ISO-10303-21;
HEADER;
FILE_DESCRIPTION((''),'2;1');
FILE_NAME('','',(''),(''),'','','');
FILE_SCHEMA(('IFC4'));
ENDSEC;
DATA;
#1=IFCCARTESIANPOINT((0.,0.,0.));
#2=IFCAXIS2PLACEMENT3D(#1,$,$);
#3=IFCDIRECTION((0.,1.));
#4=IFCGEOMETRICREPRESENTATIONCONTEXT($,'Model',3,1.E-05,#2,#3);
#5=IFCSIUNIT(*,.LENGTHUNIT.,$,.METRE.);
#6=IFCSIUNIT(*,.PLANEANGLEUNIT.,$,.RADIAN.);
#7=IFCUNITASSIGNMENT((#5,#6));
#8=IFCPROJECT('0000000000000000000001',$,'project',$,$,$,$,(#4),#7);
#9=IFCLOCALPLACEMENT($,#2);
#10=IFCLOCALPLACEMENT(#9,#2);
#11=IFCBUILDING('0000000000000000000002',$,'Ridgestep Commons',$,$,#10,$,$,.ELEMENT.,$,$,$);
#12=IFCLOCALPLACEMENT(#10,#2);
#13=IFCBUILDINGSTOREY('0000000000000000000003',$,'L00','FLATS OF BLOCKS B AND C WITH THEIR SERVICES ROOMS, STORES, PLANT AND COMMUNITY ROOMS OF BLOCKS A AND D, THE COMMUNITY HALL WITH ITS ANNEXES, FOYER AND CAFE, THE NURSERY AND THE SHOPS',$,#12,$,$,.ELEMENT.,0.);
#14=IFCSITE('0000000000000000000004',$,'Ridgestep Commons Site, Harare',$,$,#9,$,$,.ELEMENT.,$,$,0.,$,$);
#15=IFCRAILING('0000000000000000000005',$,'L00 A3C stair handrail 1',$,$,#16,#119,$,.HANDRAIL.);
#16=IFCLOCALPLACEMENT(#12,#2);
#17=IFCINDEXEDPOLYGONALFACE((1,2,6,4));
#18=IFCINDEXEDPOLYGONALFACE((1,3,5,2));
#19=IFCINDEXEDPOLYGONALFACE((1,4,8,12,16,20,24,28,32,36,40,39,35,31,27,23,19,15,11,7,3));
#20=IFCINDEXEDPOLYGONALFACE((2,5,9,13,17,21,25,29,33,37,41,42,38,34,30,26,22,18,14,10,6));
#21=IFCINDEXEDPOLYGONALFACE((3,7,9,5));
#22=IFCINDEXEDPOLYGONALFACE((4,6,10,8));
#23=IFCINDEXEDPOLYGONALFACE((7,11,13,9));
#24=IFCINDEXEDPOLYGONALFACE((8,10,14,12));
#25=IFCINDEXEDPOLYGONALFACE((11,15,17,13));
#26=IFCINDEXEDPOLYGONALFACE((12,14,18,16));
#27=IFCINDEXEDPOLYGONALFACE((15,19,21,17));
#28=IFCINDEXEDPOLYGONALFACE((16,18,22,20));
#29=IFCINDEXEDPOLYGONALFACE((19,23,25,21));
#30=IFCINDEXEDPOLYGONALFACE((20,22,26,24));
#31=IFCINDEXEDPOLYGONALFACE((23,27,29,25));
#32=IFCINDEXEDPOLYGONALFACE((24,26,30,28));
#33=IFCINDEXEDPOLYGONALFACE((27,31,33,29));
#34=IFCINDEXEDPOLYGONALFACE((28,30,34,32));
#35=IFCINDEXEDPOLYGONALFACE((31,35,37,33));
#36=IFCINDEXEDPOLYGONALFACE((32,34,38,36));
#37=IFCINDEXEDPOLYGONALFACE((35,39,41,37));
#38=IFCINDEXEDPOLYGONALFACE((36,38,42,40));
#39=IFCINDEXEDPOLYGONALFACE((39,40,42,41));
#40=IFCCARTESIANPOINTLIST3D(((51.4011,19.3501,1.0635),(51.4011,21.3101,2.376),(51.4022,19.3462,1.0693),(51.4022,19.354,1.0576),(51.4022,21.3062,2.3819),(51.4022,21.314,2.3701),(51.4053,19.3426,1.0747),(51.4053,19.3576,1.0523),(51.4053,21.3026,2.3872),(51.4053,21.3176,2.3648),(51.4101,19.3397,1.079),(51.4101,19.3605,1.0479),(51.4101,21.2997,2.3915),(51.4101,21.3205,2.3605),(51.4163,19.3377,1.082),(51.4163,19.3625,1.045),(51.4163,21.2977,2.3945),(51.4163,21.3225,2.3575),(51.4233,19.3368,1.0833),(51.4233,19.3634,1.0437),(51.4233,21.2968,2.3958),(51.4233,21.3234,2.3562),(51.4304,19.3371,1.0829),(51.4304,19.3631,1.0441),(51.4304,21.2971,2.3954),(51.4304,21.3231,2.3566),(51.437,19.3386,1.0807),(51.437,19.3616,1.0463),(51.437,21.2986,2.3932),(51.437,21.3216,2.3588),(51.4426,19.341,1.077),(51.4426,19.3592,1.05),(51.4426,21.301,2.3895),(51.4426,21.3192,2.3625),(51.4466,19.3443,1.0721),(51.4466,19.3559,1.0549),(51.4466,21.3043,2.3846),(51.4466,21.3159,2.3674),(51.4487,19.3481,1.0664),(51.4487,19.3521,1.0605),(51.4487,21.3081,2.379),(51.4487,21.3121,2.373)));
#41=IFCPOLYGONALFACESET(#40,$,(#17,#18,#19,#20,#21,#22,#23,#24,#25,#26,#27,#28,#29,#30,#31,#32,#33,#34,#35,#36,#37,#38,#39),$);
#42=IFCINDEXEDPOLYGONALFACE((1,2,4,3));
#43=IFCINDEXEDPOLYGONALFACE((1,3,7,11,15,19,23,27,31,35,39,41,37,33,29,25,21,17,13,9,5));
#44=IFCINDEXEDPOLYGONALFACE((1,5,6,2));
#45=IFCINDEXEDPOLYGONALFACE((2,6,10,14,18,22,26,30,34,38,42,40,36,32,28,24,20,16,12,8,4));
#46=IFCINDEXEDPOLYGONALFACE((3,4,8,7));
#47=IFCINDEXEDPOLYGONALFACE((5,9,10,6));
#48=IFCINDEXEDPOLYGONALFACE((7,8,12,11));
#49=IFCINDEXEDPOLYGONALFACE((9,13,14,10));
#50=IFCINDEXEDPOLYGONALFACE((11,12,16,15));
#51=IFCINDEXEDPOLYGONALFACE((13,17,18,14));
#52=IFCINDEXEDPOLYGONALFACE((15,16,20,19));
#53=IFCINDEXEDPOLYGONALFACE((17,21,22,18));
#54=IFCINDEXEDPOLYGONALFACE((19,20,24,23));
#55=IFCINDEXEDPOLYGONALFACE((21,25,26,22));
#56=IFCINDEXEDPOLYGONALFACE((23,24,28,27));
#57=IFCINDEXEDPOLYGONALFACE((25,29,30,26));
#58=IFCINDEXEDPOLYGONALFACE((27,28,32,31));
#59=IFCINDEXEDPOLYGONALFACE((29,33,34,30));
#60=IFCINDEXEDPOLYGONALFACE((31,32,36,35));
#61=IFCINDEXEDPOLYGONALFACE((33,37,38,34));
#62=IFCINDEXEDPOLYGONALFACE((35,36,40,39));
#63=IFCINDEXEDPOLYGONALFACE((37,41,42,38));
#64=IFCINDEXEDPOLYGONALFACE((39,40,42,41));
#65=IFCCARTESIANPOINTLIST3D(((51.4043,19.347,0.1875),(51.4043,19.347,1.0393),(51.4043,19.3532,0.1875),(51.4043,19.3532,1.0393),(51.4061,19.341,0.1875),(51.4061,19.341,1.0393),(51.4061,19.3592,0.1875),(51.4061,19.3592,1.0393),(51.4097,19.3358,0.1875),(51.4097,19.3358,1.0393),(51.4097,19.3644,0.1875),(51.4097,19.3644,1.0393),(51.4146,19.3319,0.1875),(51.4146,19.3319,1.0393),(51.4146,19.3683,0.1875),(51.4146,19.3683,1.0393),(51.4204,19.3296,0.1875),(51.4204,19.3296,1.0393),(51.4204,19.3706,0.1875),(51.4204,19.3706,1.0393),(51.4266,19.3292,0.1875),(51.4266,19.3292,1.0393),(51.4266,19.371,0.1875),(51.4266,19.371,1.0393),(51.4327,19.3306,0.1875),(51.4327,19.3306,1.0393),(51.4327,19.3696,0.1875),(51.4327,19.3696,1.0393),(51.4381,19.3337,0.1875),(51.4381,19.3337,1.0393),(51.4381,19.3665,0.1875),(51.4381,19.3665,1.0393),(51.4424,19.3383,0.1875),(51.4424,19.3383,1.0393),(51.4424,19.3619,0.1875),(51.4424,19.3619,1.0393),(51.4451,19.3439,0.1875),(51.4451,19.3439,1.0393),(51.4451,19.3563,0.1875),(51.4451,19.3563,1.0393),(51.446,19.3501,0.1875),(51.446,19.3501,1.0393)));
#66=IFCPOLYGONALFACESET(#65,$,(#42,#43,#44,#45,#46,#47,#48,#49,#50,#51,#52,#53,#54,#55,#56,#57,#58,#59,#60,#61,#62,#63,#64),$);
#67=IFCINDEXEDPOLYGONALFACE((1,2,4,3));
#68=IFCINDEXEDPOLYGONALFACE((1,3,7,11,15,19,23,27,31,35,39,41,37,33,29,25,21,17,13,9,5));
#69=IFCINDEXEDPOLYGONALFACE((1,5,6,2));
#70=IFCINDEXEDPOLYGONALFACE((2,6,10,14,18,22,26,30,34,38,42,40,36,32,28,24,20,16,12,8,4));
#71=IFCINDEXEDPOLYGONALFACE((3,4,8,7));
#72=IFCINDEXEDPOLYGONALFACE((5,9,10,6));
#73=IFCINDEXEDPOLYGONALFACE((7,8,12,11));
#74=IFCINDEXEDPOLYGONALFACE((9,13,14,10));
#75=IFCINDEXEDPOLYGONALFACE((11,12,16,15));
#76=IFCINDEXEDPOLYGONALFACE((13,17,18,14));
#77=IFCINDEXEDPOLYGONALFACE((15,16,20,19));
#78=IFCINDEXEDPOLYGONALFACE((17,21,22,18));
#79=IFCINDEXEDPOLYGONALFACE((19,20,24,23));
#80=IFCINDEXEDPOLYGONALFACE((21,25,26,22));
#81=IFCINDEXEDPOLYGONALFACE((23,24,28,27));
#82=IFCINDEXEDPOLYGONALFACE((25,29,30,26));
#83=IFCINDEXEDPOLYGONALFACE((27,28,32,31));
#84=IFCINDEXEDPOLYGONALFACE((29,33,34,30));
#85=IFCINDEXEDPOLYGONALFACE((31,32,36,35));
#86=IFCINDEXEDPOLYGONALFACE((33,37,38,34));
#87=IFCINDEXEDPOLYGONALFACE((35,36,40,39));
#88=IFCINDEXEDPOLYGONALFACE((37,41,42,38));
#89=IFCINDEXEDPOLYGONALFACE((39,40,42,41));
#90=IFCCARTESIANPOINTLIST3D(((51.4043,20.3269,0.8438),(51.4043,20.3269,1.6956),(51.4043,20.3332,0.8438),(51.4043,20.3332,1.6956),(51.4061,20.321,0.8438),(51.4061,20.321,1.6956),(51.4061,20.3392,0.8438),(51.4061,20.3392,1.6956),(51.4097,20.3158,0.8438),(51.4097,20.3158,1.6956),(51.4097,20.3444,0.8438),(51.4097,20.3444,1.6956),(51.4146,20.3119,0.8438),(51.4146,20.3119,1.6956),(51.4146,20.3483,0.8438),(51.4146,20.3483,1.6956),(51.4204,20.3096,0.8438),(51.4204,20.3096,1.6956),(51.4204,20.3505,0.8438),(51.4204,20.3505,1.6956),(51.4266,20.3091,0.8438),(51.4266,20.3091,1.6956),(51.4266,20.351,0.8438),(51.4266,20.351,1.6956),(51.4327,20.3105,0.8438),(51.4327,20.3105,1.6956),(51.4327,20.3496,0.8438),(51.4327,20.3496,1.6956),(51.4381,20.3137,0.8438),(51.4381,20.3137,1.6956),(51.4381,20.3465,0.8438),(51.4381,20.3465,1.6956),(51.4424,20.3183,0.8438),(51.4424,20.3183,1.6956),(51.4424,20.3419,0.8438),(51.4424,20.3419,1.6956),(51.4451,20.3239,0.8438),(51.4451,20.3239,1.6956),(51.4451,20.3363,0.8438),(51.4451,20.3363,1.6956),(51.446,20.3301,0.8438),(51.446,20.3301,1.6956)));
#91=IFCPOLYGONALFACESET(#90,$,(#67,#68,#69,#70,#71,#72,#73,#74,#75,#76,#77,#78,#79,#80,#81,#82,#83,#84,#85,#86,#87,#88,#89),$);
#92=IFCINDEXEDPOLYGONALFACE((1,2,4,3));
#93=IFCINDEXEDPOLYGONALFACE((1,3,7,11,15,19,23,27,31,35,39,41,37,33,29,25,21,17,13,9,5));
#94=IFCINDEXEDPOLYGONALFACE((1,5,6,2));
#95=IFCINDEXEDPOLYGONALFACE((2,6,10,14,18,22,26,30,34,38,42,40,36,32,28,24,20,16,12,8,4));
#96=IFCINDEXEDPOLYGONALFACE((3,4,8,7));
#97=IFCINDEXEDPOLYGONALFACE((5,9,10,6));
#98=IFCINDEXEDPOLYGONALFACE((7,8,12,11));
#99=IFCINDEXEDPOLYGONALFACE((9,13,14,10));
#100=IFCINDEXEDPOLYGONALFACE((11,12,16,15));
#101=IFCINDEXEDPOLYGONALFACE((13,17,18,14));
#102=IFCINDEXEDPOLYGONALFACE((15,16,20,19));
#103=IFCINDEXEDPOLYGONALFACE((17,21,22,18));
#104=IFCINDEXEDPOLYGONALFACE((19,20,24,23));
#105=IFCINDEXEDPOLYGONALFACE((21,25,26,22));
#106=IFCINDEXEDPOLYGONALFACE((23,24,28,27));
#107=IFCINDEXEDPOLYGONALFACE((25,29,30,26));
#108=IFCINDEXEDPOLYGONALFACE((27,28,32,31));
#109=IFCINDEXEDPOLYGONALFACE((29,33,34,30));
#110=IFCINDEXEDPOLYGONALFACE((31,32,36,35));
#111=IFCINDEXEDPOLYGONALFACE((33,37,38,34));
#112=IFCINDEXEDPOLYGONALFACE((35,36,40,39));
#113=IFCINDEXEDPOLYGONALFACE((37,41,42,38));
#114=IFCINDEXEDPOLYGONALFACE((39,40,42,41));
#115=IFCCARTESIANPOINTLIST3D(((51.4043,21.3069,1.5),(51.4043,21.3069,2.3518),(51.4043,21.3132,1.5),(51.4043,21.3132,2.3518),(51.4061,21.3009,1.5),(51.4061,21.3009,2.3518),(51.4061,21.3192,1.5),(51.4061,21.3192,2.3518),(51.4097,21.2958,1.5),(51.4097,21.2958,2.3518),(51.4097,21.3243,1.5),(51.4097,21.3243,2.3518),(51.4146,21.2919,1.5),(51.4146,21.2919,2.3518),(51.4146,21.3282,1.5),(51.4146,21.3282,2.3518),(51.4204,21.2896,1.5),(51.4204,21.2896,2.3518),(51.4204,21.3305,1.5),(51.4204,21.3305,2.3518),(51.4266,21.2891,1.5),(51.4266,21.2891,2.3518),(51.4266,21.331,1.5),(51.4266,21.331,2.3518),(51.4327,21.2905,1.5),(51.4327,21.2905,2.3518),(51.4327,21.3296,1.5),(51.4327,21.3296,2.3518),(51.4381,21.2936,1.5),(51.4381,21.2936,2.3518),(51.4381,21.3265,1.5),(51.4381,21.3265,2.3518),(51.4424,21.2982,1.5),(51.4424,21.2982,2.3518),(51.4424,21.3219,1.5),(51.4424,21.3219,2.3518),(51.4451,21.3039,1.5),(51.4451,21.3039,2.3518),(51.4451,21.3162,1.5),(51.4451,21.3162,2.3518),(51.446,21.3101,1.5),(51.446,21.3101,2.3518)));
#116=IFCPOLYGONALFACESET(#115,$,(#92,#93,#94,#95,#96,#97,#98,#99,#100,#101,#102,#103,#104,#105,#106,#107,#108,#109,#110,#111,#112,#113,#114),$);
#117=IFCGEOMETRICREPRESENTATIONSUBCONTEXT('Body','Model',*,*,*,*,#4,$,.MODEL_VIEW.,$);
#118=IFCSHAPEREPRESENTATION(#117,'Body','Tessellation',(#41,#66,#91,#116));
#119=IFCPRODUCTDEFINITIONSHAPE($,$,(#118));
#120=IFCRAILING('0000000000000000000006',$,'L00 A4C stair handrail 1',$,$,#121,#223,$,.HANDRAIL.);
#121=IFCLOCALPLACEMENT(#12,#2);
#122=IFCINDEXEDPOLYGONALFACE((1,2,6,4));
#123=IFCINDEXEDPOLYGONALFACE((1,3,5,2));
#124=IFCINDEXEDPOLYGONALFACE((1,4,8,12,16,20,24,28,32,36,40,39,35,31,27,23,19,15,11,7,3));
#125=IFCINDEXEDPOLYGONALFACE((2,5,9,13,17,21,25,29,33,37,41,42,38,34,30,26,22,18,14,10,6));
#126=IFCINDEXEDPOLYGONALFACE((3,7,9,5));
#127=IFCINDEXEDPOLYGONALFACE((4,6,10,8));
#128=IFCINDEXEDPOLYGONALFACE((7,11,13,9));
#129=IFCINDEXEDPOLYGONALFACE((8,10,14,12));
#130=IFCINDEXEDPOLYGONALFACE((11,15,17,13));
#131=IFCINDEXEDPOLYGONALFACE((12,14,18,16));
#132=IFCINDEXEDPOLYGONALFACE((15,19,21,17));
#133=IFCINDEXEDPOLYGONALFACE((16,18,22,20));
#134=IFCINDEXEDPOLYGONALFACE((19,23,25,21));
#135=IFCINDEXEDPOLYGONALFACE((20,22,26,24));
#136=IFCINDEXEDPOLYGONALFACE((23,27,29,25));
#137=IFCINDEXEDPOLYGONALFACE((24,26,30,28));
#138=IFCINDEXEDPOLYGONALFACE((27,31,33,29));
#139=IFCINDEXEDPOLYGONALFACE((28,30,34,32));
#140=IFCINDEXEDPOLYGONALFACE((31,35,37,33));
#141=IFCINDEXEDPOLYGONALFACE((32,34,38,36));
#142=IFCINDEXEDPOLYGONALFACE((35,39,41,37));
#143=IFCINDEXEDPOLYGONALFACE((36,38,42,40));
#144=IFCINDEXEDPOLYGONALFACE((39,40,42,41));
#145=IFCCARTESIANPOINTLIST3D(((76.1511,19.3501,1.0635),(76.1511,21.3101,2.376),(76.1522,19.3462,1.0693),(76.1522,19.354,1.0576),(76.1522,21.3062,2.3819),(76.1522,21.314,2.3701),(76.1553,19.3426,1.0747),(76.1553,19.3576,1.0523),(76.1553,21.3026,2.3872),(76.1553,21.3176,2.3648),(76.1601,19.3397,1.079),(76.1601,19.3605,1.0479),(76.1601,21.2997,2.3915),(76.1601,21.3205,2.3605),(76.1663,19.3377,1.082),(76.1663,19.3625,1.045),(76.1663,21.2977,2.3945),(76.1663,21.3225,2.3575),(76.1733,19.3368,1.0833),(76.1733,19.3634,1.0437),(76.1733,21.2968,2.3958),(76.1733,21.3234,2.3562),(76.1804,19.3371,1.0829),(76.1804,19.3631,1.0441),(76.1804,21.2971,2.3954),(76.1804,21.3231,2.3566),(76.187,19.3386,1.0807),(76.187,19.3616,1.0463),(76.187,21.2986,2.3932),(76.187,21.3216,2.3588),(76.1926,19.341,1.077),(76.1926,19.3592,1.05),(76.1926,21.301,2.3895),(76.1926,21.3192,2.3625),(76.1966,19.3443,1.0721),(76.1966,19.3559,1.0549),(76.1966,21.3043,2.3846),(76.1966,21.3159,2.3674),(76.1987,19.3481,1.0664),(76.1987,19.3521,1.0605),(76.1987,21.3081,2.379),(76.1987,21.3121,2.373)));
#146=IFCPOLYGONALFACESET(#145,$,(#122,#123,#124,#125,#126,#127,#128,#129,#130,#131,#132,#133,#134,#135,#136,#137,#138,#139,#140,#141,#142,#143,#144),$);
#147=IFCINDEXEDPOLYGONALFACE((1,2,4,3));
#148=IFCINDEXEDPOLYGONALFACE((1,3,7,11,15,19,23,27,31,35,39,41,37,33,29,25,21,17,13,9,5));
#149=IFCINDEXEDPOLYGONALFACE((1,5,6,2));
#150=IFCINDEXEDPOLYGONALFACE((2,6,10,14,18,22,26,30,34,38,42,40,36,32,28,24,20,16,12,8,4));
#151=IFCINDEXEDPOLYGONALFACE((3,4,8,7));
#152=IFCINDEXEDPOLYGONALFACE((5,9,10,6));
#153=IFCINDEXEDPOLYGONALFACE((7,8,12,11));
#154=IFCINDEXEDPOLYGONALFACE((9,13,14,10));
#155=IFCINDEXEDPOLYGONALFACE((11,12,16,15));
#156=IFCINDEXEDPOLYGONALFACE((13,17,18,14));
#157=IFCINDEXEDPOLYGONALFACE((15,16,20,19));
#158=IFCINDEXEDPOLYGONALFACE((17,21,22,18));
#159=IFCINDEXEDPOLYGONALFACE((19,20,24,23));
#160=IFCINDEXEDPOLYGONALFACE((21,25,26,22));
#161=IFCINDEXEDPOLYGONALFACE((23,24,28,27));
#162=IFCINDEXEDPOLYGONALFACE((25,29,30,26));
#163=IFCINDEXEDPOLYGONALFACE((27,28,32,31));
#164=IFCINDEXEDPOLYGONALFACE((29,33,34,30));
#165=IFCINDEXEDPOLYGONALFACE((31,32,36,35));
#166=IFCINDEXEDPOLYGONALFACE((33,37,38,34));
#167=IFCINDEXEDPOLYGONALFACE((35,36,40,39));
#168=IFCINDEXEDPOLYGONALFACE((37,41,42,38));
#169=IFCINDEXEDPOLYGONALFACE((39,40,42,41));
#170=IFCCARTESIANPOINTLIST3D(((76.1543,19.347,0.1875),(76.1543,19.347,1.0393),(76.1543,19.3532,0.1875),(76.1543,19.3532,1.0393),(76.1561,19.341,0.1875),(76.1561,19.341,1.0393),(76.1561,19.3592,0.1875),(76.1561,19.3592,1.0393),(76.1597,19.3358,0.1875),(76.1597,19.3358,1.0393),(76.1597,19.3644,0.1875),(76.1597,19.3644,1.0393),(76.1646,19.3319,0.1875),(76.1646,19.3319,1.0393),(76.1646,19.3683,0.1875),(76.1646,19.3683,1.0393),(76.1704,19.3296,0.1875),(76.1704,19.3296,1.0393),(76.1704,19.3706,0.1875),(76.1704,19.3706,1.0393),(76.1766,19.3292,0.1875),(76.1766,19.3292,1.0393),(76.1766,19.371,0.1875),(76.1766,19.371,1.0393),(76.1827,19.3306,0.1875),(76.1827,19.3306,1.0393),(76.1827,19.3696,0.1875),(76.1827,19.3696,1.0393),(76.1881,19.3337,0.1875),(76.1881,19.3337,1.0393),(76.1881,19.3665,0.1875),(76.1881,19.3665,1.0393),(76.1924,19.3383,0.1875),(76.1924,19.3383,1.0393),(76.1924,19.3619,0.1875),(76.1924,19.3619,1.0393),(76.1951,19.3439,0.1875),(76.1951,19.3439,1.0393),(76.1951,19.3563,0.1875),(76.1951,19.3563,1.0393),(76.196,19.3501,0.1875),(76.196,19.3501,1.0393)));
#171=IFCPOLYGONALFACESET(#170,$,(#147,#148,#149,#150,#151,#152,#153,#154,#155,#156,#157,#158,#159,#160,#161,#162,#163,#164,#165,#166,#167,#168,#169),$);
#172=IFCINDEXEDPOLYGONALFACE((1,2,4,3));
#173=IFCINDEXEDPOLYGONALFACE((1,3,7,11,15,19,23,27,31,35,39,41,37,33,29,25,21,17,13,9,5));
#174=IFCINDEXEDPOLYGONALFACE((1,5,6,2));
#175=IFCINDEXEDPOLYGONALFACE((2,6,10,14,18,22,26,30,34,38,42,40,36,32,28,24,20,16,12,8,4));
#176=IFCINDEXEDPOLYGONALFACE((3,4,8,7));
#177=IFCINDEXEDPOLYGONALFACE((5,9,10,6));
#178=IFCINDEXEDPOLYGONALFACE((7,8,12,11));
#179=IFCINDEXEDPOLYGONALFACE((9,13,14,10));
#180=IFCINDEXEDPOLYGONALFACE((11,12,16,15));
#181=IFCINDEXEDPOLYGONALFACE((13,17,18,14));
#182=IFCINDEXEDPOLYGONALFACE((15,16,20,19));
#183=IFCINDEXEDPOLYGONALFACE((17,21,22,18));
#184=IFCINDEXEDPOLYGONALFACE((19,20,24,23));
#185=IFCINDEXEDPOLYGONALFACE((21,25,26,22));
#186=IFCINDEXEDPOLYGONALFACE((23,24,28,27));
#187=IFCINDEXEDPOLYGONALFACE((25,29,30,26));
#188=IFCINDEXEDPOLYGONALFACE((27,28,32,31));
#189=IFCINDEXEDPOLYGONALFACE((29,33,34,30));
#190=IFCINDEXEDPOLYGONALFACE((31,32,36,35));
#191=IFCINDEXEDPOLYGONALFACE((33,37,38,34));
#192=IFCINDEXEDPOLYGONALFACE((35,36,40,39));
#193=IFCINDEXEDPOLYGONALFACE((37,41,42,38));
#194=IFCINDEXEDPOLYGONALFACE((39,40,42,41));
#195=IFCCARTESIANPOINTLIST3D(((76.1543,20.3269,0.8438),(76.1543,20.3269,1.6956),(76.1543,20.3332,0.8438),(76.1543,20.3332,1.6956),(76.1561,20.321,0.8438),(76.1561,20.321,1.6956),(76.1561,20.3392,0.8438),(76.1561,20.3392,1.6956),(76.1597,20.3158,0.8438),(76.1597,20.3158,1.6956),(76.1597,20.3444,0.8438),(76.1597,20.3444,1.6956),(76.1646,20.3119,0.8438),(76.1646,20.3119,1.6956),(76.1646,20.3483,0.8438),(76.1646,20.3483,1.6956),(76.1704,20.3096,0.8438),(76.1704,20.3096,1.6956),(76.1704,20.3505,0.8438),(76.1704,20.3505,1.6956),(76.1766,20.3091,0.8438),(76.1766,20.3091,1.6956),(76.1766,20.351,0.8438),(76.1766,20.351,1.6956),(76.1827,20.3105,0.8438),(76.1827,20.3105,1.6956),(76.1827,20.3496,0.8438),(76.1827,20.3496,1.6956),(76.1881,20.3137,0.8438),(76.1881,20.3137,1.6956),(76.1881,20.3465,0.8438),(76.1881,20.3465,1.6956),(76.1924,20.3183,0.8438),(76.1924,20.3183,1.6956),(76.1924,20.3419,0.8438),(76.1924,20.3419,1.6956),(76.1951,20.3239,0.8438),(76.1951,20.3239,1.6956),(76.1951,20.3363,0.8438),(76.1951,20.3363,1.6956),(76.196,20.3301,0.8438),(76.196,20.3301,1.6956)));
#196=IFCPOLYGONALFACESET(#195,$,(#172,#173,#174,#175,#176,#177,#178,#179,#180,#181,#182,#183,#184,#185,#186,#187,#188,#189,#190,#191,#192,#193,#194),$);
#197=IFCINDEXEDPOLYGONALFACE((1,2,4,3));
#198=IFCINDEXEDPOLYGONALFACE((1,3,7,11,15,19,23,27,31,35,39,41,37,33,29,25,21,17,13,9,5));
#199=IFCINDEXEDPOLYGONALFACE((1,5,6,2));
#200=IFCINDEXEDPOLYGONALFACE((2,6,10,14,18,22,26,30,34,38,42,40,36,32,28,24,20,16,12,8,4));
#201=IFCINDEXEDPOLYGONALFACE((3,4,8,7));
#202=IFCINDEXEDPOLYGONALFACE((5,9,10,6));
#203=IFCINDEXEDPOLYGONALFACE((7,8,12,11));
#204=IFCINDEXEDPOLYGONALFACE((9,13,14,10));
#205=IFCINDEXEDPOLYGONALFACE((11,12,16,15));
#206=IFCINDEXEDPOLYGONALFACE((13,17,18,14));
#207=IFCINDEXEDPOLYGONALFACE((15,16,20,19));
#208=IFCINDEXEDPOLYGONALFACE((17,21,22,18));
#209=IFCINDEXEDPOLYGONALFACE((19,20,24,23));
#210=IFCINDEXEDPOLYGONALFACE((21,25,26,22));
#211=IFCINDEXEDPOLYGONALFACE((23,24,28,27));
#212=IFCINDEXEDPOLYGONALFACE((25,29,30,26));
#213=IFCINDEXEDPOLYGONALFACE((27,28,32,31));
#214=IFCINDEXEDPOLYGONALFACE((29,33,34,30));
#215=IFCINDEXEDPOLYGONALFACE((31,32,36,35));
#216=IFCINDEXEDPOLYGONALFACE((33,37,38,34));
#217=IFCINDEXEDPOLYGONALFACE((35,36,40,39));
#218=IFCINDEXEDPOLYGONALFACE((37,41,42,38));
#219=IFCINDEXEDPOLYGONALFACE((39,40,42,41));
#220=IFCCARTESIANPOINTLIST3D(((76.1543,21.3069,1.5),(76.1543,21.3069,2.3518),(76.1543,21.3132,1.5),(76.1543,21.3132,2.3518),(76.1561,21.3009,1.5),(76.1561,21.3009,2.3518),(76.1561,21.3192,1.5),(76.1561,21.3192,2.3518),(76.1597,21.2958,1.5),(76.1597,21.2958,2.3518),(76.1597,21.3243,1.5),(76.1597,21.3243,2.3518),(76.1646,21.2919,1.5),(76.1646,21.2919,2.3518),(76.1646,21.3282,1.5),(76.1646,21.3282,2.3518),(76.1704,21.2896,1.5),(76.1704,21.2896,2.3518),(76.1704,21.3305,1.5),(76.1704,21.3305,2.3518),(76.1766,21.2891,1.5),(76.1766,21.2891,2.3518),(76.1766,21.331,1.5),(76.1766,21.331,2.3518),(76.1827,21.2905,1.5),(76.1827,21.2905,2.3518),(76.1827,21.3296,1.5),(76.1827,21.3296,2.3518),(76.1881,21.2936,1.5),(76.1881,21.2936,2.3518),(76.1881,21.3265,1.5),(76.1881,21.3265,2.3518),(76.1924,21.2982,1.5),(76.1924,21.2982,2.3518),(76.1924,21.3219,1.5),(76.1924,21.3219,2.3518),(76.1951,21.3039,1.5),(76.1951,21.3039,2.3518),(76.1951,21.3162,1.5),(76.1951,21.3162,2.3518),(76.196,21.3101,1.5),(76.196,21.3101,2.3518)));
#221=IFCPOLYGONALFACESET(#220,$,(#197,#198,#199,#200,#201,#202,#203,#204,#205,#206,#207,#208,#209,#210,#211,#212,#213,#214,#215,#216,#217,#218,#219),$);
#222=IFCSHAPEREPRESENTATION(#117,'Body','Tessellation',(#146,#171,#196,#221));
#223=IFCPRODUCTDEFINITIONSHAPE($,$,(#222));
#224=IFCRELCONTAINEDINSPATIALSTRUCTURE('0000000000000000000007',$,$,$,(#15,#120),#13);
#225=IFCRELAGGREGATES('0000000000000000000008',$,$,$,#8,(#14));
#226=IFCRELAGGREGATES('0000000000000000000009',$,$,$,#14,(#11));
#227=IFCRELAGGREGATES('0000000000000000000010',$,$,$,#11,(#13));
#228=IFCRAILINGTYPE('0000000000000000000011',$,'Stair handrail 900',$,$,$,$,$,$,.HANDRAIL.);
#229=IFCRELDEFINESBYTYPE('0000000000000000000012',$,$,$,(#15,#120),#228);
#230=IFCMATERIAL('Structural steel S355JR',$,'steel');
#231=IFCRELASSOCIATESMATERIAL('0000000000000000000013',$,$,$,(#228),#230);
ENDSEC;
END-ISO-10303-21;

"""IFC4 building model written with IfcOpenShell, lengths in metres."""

from ifc_helpers import new_model, si_unit, direction, frame, origin, origin_2d, place, context, subcontext, project, spatial, circle, extrude, material, type_object, element, save


model = new_model("IFC4")

# Units and contexts
model_context = context("Model", 3, precision=1e-05, world=origin(), true_north=direction((0.0, 1.0)))
body_context = subcontext(model_context, "Body", "Model", "MODEL_VIEW")
ifc_project = project(units=[si_unit("LENGTHUNIT", "METRE"), si_unit("PLANEANGLEUNIT", "RADIAN")], contexts=[model_context])

# Site, building, storey
site_placement = place(None, origin())
site = spatial("IfcSite", under=ifc_project, at=site_placement, Name="Ridgestep Commons Site, Harare", CompositionType="ELEMENT", RefElevation=0.0)
building_placement = place(site_placement, origin())
building = spatial("IfcBuilding", under=site, at=building_placement, Name="Ridgestep Commons", CompositionType="ELEMENT")
storey_placement = place(building_placement, origin())
storey = spatial("IfcBuildingStorey", under=building, at=storey_placement, Name="L00", Description="FLATS OF BLOCKS B AND C WITH THEIR SERVICES ROOMS, STORES, PLANT AND COMMUNITY ROOMS OF BLOCKS A AND D, THE COMMUNITY HALL WITH ITS ANNEXES, FOYER AND CAFE, THE NURSERY AND THE SHOPS", CompositionType="ELEMENT", Elevation=0.0)

# Railings
ifc_material_1 = material(Name="Structural steel S355JR", Category="steel")
railing_type_1 = type_object("IfcRailingType", Name="Stair handrail 900", PredefinedType="HANDRAIL", material=ifc_material_1)
for number, where, name in (
    (1, (51.425, 19.3501, 0.1875), "L00 A3C stair handrail 1"),
    (2, (76.175, 19.3501, 0.1875), "L00 A4C stair handrail 1"),
):
    element("IfcRailing", number, at=place(storey_placement, frame(where)), inside=storey, type_object=railing_type_1, Name=name, PredefinedType="HANDRAIL", context=body_context, shape_type="SweptSolid", body=[
        extrude(circle(Radius=0.0239, at=origin_2d()), frame((0.0, 0.0, 0.876), z_axis=(0.0, 0.830902, 0.556419), x_axis=(-1.0, 0.0, 0.0)), (0.0, 0.0, 1.0), 2.3589),
        extrude(circle(Radius=0.021, at=origin_2d()), origin(), (0.0, 0.0, 1.0), 0.8518),
        extrude(circle(Radius=0.021, at=origin_2d()), frame((0.0, 0.98, 0.6562)), (0.0, 0.0, 1.0), 0.8518),
        extrude(circle(Radius=0.021, at=origin_2d()), frame((0.0, 1.96, 1.3125)), (0.0, 0.0, 1.0), 0.8518),
    ])

save(model, "model.ifc")
